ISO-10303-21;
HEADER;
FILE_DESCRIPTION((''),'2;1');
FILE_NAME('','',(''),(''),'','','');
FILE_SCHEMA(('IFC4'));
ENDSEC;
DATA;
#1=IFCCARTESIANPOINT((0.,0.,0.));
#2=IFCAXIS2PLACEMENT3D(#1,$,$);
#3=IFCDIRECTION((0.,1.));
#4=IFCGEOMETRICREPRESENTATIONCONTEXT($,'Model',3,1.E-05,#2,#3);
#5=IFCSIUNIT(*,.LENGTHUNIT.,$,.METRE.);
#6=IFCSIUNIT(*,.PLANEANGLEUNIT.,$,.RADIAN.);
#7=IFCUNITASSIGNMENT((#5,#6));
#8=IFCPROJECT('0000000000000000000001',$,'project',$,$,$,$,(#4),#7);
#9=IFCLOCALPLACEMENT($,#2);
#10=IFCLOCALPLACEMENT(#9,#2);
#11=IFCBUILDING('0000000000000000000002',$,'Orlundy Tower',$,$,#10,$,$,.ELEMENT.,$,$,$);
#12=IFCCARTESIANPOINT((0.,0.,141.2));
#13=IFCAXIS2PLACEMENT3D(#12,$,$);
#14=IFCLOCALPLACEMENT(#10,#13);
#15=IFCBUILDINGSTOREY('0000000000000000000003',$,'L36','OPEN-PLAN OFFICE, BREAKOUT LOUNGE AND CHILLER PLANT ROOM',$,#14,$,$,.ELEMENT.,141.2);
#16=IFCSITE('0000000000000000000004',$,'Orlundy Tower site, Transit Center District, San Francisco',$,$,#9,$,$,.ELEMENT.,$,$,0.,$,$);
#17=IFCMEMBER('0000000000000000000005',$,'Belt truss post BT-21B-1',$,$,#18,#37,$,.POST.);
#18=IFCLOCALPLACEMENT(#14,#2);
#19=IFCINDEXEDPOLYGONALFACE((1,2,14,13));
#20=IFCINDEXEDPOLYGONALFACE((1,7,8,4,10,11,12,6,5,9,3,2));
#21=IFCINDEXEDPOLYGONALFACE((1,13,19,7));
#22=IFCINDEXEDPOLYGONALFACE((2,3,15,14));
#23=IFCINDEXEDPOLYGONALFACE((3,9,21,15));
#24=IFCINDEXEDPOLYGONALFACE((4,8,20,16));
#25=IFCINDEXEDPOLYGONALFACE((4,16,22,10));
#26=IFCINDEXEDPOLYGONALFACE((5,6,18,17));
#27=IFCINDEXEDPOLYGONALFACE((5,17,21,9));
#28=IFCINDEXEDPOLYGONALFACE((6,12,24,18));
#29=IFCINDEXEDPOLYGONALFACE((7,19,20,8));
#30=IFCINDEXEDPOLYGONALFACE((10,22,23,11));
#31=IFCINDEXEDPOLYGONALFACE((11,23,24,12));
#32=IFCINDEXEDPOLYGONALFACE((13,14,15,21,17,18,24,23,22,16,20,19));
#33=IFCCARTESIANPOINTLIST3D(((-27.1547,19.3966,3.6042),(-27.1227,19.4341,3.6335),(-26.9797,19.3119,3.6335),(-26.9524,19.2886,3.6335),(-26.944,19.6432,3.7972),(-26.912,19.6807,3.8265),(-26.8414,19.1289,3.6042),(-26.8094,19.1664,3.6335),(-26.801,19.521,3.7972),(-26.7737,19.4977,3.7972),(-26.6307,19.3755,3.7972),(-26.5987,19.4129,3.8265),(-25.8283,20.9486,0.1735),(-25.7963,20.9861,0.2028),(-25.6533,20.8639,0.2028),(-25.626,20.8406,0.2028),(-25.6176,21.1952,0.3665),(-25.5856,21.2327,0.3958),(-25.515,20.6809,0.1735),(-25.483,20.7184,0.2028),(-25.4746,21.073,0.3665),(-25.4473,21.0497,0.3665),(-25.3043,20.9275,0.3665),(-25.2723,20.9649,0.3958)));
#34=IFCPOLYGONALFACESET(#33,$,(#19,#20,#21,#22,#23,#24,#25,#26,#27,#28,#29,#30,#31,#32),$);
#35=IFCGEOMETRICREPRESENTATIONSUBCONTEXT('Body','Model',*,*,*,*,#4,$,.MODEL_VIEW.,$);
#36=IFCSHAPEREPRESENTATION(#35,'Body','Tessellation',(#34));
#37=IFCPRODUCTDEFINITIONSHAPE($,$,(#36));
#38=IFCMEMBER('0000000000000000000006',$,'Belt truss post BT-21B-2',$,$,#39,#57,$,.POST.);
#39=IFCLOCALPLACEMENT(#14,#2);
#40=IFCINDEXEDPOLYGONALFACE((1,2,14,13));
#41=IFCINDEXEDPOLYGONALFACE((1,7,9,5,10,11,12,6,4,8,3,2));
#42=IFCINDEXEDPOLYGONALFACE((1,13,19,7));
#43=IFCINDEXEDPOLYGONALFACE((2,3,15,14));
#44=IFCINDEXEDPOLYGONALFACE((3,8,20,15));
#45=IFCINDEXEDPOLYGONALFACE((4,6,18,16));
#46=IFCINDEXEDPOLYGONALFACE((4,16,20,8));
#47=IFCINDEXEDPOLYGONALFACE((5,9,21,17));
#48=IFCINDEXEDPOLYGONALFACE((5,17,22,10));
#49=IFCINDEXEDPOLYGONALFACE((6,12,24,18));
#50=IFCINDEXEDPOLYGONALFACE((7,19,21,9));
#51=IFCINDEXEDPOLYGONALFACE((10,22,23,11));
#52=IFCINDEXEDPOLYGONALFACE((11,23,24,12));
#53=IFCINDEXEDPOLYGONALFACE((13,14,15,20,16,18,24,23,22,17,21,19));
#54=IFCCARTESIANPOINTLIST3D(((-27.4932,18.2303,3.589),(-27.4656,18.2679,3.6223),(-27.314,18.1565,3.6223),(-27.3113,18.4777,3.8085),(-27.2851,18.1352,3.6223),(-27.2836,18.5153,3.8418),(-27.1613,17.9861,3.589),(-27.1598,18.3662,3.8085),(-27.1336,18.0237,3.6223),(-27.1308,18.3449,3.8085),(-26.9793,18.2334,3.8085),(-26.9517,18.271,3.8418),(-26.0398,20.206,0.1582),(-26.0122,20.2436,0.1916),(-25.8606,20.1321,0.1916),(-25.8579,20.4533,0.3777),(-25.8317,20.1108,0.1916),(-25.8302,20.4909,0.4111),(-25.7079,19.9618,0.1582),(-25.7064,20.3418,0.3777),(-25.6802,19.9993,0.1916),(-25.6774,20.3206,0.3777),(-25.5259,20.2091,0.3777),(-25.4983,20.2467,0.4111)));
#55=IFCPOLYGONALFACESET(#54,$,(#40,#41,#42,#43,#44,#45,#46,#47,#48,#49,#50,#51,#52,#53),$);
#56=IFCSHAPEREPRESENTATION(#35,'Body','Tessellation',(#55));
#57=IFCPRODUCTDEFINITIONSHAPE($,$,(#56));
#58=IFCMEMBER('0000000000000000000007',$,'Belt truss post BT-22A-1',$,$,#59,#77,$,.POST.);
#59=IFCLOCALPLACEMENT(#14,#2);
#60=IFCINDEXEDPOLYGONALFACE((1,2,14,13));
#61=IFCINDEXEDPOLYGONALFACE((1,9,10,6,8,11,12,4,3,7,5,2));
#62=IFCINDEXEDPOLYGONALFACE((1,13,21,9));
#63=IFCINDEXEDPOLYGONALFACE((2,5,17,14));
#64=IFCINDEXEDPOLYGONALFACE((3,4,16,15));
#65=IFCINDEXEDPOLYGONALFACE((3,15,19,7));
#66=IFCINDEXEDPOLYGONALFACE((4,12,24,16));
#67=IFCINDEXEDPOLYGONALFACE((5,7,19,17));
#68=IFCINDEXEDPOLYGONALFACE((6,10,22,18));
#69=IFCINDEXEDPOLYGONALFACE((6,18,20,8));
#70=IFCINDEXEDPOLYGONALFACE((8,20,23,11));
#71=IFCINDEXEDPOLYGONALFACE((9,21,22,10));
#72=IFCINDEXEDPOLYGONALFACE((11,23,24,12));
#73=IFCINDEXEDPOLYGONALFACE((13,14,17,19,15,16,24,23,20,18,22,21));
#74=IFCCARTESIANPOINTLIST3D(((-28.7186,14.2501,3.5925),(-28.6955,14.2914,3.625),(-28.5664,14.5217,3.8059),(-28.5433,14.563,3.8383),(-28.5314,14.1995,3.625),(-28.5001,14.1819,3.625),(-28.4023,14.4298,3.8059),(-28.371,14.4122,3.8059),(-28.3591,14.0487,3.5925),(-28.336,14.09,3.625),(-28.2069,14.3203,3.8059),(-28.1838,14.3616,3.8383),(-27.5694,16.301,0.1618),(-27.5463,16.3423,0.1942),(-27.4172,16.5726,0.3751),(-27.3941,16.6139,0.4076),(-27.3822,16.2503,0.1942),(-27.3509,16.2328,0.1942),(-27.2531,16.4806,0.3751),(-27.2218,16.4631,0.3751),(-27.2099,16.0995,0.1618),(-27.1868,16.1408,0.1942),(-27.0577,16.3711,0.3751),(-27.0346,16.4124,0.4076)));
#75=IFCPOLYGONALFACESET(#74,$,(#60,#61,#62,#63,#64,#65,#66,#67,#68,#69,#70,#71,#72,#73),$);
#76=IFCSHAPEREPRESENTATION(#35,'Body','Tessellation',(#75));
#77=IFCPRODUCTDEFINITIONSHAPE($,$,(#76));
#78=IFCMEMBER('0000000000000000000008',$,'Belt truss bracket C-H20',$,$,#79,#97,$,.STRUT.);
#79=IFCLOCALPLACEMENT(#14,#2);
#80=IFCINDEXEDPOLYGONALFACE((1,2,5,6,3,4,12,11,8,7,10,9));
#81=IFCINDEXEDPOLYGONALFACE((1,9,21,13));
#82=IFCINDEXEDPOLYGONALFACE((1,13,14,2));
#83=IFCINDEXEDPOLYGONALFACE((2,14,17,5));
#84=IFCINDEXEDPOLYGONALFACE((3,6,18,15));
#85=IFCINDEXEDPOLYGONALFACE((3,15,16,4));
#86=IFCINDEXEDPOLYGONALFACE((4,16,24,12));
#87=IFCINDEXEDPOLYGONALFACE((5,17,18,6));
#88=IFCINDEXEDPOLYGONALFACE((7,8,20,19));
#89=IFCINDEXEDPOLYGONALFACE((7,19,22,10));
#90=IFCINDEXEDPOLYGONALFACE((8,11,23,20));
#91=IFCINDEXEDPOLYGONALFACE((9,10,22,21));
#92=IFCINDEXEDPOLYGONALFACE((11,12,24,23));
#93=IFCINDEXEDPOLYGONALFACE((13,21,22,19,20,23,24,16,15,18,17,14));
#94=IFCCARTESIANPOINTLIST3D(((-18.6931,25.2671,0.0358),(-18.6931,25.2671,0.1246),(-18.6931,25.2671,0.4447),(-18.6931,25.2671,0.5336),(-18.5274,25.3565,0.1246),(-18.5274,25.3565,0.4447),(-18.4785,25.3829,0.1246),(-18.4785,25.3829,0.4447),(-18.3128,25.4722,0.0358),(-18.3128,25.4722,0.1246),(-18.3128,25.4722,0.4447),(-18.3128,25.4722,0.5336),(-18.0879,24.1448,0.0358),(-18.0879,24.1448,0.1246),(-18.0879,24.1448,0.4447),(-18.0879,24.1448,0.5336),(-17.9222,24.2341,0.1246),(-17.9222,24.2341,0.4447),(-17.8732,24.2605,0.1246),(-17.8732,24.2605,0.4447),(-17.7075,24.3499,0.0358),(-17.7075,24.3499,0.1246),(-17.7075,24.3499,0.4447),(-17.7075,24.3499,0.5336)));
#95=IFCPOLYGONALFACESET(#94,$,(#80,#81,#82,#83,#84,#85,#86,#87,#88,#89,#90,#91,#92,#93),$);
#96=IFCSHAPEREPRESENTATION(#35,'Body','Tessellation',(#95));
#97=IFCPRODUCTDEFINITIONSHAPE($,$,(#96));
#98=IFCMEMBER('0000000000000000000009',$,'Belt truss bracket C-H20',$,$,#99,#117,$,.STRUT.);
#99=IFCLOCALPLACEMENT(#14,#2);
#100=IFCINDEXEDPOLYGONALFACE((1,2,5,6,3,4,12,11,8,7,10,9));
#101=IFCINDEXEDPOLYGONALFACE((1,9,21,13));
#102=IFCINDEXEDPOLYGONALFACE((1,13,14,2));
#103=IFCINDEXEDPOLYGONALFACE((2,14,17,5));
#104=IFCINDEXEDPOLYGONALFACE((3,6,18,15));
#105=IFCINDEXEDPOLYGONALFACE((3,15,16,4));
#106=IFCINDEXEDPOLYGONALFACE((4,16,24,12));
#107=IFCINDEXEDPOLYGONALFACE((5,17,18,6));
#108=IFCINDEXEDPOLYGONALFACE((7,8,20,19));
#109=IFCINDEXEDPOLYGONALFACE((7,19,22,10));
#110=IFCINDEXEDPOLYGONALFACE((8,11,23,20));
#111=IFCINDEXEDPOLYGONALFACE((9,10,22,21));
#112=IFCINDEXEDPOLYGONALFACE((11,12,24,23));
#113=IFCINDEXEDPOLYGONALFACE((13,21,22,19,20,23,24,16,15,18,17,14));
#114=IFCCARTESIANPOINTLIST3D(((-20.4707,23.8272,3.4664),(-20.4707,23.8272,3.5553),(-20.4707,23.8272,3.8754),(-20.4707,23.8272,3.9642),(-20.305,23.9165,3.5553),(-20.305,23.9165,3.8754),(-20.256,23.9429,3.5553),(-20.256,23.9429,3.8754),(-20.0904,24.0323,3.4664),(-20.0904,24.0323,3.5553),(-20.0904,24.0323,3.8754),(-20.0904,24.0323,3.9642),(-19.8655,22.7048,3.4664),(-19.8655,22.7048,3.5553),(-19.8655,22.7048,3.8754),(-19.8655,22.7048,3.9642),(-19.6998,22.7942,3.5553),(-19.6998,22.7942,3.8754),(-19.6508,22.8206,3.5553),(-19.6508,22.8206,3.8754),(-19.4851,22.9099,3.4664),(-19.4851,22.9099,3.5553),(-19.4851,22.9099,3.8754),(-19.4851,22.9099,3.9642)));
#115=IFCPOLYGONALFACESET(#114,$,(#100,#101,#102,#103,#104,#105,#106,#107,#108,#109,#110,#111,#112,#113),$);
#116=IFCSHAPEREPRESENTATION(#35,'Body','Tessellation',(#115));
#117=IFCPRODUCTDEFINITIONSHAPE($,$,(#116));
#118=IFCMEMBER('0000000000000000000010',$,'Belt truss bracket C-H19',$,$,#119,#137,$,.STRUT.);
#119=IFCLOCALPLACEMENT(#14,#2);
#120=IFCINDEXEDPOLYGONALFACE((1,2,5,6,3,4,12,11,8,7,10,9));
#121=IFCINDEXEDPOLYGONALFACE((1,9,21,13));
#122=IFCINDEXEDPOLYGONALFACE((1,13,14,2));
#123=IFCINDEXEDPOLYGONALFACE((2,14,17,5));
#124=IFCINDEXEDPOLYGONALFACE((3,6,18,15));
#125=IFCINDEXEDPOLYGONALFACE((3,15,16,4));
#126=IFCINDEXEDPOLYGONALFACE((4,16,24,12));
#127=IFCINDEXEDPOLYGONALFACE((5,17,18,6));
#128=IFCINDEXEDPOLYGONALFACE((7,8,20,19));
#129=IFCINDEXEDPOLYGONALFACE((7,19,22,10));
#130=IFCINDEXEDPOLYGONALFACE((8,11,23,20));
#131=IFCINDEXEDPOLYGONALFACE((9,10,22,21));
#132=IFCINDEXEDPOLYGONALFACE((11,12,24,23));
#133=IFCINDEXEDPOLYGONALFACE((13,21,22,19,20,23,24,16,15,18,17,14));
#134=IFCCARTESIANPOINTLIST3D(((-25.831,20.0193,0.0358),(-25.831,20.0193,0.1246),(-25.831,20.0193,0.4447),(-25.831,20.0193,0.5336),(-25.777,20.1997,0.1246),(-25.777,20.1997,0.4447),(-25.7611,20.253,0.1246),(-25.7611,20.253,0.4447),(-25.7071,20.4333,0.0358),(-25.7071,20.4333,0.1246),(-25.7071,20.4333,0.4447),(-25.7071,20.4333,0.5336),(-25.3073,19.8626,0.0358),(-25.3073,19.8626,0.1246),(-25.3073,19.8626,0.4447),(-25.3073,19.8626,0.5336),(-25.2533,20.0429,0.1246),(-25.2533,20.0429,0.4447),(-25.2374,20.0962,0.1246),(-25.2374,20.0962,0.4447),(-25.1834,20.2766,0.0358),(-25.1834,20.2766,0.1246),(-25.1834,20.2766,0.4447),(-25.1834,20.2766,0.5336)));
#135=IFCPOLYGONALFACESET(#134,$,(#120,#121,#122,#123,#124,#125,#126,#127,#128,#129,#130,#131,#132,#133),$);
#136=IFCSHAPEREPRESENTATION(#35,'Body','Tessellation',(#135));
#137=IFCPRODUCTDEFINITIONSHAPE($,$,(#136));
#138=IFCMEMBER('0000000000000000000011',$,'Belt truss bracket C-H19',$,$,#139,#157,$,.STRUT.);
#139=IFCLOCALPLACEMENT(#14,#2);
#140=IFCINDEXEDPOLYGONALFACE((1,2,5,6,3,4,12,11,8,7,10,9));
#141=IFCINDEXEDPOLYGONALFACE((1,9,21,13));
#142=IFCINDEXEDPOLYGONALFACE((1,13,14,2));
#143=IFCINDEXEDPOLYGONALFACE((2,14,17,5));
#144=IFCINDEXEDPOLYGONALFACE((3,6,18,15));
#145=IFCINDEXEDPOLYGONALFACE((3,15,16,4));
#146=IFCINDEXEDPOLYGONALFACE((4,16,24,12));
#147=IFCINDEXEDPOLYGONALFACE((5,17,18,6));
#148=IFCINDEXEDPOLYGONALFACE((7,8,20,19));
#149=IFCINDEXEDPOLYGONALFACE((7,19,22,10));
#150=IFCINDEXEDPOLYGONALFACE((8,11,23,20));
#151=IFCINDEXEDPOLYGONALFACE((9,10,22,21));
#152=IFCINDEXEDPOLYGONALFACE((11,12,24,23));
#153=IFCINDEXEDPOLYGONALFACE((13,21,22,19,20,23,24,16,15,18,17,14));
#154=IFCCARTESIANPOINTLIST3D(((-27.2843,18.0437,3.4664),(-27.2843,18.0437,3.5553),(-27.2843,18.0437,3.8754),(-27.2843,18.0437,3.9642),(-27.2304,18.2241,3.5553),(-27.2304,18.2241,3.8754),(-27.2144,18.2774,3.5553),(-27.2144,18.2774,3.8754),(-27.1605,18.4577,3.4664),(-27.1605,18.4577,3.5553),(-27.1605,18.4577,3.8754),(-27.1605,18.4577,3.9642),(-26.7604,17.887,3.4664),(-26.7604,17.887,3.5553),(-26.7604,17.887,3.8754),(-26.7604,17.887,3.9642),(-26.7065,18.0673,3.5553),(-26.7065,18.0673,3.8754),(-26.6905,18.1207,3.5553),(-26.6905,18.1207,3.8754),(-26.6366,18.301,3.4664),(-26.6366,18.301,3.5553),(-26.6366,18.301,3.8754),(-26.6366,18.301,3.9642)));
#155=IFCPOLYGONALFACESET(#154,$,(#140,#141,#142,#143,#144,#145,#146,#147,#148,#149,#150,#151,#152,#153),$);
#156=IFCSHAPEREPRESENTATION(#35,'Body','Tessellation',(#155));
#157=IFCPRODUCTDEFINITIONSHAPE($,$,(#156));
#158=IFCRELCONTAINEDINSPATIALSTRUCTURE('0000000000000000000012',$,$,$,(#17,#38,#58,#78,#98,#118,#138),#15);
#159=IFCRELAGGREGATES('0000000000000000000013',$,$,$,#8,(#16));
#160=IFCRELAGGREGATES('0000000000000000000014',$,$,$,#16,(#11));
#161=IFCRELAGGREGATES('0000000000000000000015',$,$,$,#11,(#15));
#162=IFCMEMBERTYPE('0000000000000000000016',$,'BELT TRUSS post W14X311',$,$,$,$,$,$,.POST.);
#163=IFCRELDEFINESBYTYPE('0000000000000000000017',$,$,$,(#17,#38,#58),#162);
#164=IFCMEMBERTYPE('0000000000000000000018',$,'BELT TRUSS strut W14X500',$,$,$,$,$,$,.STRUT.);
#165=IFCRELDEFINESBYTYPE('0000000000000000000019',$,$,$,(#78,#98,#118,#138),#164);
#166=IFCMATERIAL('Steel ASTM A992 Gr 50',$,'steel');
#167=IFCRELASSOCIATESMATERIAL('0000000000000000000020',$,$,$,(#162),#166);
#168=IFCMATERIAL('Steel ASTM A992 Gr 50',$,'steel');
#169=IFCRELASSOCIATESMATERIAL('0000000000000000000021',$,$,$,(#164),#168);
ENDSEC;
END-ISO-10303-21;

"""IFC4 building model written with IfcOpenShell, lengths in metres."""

from ifc_helpers import new_model, si_unit, direction, frame, origin, origin_2d, place, context, subcontext, project, spatial, i_section, extrude, material, material_profile, profile_set, type_object, element, save


model = new_model("IFC4")

# Units and contexts
model_context = context("Model", 3, precision=1e-05, world=origin(), true_north=direction((0.0, 1.0)))
body_context = subcontext(model_context, "Body", "Model", "MODEL_VIEW")
ifc_project = project(units=[si_unit("LENGTHUNIT", "METRE"), si_unit("PLANEANGLEUNIT", "RADIAN")], contexts=[model_context])

# Site, building, storey
site_placement = place(None, origin())
site = spatial("IfcSite", under=ifc_project, at=site_placement, Name="Orlundy Tower site, Transit Center District, San Francisco", CompositionType="ELEMENT", RefElevation=0.0)
building_placement = place(site_placement, origin())
building = spatial("IfcBuilding", under=site, at=building_placement, Name="Orlundy Tower", CompositionType="ELEMENT")
storey_placement = place(building_placement, frame((0.0, 0.0, 141.2)))
storey = spatial("IfcBuildingStorey", under=building, at=storey_placement, Name="L36", Description="OPEN-PLAN OFFICE, BREAKOUT LOUNGE AND CHILLER PLANT ROOM", CompositionType="ELEMENT", Elevation=141.2)

# Members
ifc_material_1 = material(Name="Steel ASTM A992 Gr 50", Category="steel")
ifc_material_profile_1 = material_profile(ifc_material_1, i_section(OverallWidth=0.4121, OverallDepth=0.4348, WebThickness=0.0359, FlangeThickness=0.0574, at=origin_2d()), Name="W14X311")
ifc_profile_set_1 = profile_set([ifc_material_profile_1], Name="Steel ASTM A992 Gr 50")
member_type_1 = type_object("IfcMemberType", Name="BELT TRUSS post W14X311", PredefinedType="POST", material=ifc_profile_set_1)
member_1_placement = place(storey_placement, frame((-25.5503, 20.9568, 0.2847), z_axis=(-0.332253, -0.38876, 0.859345), x_axis=(0.760193, -0.649698, 0.0)))
element("IfcMember", 1, at=member_1_placement, inside=storey, type_object=member_type_1, Name="Belt truss post BT-21B-1", PredefinedType="POST", context=body_context, shape_type="SweptSolid", body=[
    extrude(i_section(OverallWidth=0.4121, OverallDepth=0.4348, WebThickness=0.0359, FlangeThickness=0.0574, at=origin_2d()), origin(), (0.0, 0.0, 1.0), 3.9922),
])
member_2_placement = place(storey_placement, frame((-25.769, 20.2263, 0.2847), z_axis=(-0.34463, -0.46846, 0.813496), x_axis=(0.805508, -0.592584, 0.0)))
element("IfcMember", 2, at=member_2_placement, inside=storey, type_object=member_type_1, Name="Belt truss post BT-21B-2", PredefinedType="POST", context=body_context, shape_type="SweptSolid", body=[
    extrude(i_section(OverallWidth=0.4121, OverallDepth=0.4348, WebThickness=0.0359, FlangeThickness=0.0574, at=origin_2d()), origin(), (0.0, 0.0, 1.0), 4.2173),
])
member_3_placement = place(storey_placement, frame((-27.302, 16.3567, 0.2847), z_axis=(-0.276321, -0.493117, 0.824914), x_axis=(0.872373, -0.488841, 0.0)))
element("IfcMember", 3, at=member_3_placement, inside=storey, type_object=member_type_1, Name="Belt truss post BT-22A-1", PredefinedType="POST", context=body_context, shape_type="SweptSolid", body=[
    extrude(i_section(OverallWidth=0.4121, OverallDepth=0.4348, WebThickness=0.0359, FlangeThickness=0.0574, at=origin_2d()), origin(), (0.0, 0.0, 1.0), 4.1589),
])
ifc_material_2 = material(Name="Steel ASTM A992 Gr 50", Category="steel")
ifc_material_profile_2 = material_profile(ifc_material_2, i_section(OverallWidth=0.4321, OverallDepth=0.4978, WebThickness=0.0557, FlangeThickness=0.0889, at=origin_2d()), Name="W14X500")
ifc_profile_set_2 = profile_set([ifc_material_profile_2], Name="Steel ASTM A992 Gr 50")
member_type_2 = type_object("IfcMemberType", Name="BELT TRUSS strut W14X500", PredefinedType="STRUT", material=ifc_profile_set_2)
for number, where, z_axis, x_axis, name in (
    (4, (-17.8977, 24.2473, 0.2847), (-0.474648, 0.880176, 0.0), (-0.880176, -0.474648, 0.0), "Belt truss bracket C-H20"),
    (5, (-19.6753, 22.8074, 3.7153), (-0.474648, 0.880176, 0.0), (-0.880176, -0.474648, 0.0), "Belt truss bracket C-H20"),
):
    element("IfcMember", number, at=place(storey_placement, frame(where, z_axis=z_axis, x_axis=x_axis)), inside=storey, type_object=member_type_2, Name=name, PredefinedType="STRUT", context=body_context, shape_type="SweptSolid", body=[
        extrude(i_section(OverallWidth=0.4321, OverallDepth=0.4978, WebThickness=0.0557, FlangeThickness=0.0889, at=origin_2d()), origin(), (0.0, 0.0, 1.0), 1.2751),
    ])
member_4_placement = place(storey_placement, frame((-25.2454, 20.0696, 0.2847), z_axis=(-0.95801, 0.286733, 0.0), x_axis=(-0.286733, -0.95801, 0.0)))
element("IfcMember", 6, at=member_4_placement, inside=storey, type_object=member_type_2, Name="Belt truss bracket C-H19", PredefinedType="STRUT", context=body_context, shape_type="SweptSolid", body=[
    extrude(i_section(OverallWidth=0.4321, OverallDepth=0.4978, WebThickness=0.0557, FlangeThickness=0.0889, at=origin_2d()), origin(), (0.0, 0.0, 1.0), 0.5466),
])
member_5_placement = place(storey_placement, frame((-26.6985, 18.094, 3.7153), z_axis=(-0.958047, 0.286611, 0.0), x_axis=(-0.286611, -0.958047, 0.0)))
element("IfcMember", 7, at=member_5_placement, inside=storey, type_object=member_type_2, Name="Belt truss bracket C-H19", PredefinedType="STRUT", context=body_context, shape_type="SweptSolid", body=[
    extrude(i_section(OverallWidth=0.4321, OverallDepth=0.4978, WebThickness=0.0557, FlangeThickness=0.0889, at=origin_2d()), origin(), (0.0, 0.0, 1.0), 0.5469),
])

save(model, "model.ifc")
